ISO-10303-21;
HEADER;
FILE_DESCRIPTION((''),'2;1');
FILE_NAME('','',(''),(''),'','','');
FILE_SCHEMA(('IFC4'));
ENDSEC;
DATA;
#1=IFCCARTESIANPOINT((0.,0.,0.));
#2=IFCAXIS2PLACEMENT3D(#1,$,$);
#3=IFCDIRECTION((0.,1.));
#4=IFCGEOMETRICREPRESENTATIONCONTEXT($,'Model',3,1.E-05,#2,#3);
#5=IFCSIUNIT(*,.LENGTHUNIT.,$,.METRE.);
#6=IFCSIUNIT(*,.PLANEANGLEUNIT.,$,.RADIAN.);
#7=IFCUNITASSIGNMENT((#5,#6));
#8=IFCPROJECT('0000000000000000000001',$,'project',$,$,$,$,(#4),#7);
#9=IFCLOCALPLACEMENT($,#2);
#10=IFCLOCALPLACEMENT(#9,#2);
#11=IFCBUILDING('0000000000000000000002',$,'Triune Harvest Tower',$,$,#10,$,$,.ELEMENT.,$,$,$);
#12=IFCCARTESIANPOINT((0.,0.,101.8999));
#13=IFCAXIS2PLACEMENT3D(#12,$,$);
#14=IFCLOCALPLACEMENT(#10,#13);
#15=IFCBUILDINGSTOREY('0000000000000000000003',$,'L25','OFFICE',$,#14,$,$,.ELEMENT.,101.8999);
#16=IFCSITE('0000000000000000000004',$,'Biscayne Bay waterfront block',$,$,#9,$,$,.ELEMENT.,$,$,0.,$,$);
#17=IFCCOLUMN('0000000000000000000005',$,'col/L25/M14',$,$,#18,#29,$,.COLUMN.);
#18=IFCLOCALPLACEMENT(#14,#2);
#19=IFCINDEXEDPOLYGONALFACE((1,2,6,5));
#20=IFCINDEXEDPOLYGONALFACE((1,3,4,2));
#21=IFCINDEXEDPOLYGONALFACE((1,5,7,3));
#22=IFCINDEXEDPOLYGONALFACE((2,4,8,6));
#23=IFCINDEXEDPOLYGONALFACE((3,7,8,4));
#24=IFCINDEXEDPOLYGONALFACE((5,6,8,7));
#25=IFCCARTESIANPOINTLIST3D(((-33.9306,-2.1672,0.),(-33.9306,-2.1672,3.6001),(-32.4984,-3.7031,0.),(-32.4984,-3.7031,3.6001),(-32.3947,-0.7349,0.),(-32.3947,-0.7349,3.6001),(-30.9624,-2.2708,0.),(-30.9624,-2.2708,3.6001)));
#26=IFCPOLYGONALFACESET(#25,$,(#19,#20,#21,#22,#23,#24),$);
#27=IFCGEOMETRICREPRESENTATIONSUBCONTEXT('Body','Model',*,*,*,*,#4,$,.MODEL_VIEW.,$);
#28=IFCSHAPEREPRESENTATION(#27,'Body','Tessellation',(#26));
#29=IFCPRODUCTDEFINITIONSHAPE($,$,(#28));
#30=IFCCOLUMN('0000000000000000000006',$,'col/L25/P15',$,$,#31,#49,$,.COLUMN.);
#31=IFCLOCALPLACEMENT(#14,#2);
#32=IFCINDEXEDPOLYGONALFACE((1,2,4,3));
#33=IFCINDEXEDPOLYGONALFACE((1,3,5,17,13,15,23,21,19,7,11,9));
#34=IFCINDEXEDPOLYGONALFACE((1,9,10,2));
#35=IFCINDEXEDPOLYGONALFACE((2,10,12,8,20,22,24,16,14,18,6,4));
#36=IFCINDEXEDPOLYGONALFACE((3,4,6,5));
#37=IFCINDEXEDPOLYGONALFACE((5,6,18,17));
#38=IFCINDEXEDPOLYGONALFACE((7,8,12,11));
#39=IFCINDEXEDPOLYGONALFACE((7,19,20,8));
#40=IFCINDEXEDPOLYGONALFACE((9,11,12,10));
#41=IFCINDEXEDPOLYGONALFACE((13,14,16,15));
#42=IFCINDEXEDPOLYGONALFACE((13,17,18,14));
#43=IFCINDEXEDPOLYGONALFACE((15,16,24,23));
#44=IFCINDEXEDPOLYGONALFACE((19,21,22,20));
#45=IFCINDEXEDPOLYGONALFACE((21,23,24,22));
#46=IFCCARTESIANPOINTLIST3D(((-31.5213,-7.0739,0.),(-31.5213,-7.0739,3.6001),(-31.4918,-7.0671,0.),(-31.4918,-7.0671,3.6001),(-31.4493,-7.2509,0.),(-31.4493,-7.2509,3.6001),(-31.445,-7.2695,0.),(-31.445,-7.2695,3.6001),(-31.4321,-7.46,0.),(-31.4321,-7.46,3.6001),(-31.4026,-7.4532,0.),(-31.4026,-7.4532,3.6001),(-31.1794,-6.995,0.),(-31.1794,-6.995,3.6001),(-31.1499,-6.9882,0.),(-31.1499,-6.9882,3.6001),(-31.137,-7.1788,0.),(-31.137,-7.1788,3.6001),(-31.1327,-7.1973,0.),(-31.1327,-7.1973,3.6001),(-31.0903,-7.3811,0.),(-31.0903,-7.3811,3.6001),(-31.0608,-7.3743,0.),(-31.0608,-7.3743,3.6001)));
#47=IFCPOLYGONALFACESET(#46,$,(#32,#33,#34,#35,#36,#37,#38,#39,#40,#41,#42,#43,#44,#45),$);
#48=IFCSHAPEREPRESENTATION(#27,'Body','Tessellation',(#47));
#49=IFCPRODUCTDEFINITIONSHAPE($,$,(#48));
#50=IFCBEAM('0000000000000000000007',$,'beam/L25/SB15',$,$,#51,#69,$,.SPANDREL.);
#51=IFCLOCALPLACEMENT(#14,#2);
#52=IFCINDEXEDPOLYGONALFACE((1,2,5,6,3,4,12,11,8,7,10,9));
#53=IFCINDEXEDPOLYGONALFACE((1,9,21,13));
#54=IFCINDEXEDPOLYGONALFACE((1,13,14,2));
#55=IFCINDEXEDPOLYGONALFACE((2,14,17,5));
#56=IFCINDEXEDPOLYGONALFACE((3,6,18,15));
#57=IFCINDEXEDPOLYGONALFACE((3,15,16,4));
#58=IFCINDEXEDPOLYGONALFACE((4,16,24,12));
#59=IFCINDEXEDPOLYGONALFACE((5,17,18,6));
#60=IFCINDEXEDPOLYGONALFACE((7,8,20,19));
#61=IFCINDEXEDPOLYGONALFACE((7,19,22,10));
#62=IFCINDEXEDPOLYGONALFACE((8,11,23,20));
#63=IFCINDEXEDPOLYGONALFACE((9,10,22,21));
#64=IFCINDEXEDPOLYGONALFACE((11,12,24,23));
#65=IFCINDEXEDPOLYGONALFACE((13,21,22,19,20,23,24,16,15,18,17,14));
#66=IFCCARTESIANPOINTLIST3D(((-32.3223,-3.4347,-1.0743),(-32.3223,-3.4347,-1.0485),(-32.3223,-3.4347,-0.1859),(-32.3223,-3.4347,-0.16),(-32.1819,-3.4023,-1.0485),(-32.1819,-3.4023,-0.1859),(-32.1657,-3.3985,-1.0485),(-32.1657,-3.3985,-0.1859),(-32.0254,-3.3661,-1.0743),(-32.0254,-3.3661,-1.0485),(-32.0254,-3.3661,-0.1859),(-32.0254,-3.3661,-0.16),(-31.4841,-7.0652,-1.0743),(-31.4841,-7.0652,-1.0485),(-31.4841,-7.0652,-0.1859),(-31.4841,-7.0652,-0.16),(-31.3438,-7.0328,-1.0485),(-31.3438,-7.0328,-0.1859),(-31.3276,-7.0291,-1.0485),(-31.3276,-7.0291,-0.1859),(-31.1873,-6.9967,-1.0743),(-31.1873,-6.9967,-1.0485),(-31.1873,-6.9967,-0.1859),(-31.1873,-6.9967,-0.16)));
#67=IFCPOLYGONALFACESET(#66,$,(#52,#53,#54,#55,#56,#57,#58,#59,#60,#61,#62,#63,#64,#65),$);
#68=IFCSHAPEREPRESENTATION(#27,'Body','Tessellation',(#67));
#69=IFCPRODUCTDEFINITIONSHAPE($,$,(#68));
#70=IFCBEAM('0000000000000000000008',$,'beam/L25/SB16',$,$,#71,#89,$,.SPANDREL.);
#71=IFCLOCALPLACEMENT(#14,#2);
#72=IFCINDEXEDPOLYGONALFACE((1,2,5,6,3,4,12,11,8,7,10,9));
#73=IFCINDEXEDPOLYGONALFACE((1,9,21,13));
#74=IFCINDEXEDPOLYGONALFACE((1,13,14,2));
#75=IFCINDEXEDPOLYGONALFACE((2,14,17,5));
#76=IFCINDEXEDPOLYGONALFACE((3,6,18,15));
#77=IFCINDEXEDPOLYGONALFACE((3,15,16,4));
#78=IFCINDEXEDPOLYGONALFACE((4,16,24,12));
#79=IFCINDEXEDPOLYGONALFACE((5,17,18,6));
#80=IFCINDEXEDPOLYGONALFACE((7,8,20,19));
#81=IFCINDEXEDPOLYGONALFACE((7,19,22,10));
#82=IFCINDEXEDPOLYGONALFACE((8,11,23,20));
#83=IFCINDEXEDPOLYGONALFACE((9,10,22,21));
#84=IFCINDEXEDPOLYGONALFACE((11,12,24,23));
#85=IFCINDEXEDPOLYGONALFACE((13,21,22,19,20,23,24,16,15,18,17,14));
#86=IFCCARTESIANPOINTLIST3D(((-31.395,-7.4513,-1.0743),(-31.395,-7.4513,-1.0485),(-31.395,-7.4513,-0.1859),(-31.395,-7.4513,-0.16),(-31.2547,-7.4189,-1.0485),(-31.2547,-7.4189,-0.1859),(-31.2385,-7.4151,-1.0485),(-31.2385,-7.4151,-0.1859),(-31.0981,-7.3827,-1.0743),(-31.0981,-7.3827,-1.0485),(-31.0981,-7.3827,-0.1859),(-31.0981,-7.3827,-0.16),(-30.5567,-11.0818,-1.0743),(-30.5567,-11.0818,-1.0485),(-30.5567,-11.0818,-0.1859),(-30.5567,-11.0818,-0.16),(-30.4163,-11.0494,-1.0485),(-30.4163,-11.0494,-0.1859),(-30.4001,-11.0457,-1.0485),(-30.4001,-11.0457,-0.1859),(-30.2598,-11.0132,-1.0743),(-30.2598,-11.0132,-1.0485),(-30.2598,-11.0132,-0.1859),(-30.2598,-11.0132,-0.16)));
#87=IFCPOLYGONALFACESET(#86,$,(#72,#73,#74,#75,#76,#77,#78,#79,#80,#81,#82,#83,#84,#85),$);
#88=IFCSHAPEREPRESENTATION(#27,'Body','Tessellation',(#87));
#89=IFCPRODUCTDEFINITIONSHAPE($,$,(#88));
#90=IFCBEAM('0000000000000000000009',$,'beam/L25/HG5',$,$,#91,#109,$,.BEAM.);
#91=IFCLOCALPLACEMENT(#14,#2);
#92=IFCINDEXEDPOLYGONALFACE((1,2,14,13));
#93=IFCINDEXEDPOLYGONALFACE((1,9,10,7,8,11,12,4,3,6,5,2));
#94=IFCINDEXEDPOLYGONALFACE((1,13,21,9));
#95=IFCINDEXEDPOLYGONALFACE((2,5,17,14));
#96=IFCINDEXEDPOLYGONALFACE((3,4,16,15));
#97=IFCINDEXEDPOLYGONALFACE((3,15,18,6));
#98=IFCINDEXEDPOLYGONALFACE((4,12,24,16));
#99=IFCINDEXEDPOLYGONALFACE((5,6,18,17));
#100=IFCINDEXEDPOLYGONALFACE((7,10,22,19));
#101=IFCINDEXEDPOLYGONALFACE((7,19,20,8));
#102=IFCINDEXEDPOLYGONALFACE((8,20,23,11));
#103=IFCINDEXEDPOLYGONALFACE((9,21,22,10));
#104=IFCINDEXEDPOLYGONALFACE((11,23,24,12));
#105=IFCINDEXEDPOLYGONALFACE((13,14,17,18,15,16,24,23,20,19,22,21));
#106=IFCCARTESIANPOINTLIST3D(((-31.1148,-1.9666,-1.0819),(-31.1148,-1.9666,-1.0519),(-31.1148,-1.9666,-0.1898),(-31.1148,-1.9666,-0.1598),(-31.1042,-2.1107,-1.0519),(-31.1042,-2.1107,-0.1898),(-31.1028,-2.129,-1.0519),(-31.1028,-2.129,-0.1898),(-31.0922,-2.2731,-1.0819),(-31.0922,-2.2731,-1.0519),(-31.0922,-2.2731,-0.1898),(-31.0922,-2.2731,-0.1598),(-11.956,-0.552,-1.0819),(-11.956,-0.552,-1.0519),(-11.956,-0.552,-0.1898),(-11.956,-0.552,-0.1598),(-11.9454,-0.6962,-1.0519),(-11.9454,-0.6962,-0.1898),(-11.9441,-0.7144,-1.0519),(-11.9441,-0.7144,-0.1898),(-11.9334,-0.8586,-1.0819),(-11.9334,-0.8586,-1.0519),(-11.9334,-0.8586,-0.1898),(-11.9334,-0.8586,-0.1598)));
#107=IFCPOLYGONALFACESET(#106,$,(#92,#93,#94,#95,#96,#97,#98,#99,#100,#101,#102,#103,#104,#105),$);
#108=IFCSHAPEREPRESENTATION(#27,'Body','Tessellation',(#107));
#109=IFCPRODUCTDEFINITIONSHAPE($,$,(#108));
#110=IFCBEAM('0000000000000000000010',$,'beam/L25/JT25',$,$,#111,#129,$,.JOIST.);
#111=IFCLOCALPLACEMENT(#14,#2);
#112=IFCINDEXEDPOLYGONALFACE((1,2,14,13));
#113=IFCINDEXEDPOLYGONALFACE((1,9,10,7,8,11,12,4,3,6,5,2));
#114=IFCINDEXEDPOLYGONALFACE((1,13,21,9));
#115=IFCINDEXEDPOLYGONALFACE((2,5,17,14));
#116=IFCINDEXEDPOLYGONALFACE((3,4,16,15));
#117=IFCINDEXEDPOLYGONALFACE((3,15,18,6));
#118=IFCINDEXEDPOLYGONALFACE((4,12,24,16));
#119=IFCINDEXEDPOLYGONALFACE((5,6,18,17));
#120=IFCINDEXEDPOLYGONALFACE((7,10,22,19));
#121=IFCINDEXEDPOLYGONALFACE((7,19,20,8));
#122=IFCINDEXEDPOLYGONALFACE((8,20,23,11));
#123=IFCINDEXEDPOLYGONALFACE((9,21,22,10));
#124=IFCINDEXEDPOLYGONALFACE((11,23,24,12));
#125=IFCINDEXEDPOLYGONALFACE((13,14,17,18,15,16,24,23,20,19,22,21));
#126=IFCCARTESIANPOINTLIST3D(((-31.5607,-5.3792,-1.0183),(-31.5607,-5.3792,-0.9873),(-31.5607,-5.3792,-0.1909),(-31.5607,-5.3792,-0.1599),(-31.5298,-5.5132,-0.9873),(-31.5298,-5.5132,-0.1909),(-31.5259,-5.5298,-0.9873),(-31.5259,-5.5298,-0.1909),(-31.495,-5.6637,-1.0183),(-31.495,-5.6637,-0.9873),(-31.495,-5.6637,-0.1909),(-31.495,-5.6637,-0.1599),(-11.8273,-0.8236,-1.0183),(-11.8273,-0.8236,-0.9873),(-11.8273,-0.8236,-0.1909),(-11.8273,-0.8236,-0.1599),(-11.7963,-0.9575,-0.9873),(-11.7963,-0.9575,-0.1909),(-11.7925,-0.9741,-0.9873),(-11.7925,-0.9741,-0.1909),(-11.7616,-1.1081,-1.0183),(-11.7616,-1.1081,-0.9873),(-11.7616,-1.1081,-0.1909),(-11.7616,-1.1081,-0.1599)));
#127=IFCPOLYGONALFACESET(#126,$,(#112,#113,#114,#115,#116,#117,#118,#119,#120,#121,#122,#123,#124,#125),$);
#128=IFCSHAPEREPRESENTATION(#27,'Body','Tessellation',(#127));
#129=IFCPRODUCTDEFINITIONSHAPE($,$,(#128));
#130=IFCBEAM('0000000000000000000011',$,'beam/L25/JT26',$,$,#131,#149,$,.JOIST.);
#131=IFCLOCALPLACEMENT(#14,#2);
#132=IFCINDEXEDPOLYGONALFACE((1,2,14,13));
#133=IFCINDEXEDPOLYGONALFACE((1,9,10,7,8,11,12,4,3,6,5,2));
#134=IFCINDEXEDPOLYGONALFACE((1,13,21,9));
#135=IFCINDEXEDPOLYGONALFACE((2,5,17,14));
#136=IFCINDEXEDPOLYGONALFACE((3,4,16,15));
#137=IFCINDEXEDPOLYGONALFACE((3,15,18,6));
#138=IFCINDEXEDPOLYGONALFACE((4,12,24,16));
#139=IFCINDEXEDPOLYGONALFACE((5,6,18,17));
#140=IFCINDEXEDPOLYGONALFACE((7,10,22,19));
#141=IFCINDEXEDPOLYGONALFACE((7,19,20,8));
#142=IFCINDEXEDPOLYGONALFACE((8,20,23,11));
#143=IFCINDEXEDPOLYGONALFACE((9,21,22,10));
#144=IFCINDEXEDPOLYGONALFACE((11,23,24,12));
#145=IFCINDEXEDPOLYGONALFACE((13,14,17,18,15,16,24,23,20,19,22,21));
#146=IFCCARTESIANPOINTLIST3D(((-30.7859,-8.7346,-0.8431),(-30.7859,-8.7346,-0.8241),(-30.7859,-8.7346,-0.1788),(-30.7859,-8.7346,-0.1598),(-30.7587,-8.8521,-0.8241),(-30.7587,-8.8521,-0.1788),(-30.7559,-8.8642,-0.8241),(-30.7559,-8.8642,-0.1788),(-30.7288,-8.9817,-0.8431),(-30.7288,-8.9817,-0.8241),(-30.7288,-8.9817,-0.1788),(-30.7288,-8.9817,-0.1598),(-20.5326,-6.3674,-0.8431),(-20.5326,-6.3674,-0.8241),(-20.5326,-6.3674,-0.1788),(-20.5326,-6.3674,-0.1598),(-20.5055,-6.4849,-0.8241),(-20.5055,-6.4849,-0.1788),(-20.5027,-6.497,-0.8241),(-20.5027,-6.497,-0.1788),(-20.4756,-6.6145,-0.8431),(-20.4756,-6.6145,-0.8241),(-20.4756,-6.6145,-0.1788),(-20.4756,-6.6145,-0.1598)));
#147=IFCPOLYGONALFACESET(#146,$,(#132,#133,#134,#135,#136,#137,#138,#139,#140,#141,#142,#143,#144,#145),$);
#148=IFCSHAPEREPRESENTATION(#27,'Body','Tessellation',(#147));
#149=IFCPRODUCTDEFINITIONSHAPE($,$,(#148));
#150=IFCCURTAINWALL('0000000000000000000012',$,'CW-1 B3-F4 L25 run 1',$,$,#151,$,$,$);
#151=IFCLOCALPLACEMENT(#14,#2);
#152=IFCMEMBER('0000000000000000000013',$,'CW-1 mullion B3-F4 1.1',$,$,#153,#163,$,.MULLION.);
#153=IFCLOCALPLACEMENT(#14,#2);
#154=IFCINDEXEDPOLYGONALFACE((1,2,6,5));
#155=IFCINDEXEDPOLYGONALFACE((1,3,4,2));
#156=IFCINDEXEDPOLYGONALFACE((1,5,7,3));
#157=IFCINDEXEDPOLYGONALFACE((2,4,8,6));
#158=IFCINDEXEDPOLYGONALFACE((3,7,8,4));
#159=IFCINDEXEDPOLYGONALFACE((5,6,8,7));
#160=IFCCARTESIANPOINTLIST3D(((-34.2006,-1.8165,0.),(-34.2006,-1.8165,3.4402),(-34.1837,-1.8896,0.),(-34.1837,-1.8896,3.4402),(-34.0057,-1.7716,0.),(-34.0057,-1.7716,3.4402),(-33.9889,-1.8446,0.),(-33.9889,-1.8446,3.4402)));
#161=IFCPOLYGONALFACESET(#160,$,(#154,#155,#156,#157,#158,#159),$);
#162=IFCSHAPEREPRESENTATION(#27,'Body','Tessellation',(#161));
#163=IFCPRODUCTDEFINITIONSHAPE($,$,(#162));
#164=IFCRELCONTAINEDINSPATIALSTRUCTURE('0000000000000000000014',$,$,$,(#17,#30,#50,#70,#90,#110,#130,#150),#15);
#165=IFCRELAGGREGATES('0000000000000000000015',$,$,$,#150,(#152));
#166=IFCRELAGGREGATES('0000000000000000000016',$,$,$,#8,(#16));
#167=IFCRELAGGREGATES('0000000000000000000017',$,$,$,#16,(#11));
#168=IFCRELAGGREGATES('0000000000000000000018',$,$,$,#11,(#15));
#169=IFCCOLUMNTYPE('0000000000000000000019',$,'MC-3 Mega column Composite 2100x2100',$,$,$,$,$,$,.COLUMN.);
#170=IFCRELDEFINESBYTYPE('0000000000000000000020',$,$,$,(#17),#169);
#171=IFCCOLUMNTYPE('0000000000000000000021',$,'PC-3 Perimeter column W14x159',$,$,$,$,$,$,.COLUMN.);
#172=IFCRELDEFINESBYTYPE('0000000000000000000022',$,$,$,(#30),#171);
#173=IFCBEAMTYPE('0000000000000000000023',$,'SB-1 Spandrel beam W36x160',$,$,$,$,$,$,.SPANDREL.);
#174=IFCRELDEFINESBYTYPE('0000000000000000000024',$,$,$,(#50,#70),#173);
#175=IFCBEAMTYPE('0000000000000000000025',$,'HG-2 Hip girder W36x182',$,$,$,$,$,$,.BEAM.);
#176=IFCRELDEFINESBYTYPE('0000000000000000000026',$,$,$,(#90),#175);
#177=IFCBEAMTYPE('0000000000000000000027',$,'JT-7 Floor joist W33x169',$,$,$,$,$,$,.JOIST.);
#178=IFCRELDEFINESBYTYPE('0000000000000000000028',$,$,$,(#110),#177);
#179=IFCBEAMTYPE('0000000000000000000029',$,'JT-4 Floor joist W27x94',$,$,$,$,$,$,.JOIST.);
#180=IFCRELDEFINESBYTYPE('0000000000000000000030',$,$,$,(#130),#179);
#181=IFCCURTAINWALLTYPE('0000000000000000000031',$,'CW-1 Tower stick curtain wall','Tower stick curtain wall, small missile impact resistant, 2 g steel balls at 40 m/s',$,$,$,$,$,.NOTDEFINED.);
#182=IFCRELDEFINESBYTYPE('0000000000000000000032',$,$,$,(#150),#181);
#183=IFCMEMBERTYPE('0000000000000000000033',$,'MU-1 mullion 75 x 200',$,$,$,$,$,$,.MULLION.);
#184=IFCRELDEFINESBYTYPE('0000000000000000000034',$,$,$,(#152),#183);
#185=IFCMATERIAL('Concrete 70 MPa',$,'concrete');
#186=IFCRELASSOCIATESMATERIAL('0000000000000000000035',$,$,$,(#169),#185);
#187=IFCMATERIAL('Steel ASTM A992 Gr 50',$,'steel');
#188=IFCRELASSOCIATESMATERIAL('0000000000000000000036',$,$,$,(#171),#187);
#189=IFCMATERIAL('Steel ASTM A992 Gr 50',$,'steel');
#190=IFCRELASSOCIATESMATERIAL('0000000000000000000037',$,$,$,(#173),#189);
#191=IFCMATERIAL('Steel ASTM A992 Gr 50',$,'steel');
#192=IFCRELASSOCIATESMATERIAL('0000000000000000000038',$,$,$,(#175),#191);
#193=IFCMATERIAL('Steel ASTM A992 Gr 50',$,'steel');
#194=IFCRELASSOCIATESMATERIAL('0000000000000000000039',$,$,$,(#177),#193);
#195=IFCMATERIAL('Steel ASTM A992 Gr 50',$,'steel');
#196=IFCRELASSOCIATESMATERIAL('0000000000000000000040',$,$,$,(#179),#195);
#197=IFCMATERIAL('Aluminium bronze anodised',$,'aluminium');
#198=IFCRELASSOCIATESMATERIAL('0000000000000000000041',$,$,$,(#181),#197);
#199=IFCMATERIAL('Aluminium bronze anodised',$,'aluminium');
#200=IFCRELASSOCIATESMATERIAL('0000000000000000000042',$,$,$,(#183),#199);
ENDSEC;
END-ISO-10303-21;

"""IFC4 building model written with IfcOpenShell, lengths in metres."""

from ifc_helpers import new_model, si_unit, direction, frame, origin, origin_2d, place, context, subcontext, project, spatial, rectangle, i_section, extrude, source, transform, mapped, material, material_profile, profile_set, type_object, element, aggregate, save


model = new_model("IFC4")

# Units and contexts
model_context = context("Model", 3, precision=1e-05, world=origin(), true_north=direction((0.0, 1.0)))
body_context = subcontext(model_context, "Body", "Model", "MODEL_VIEW")
ifc_project = project(units=[si_unit("LENGTHUNIT", "METRE"), si_unit("PLANEANGLEUNIT", "RADIAN")], contexts=[model_context])

# Site, building, storey
site_placement = place(None, origin())
site = spatial("IfcSite", under=ifc_project, at=site_placement, Name="Biscayne Bay waterfront block", CompositionType="ELEMENT", RefElevation=0.0)
building_placement = place(site_placement, origin())
building = spatial("IfcBuilding", under=site, at=building_placement, Name="Triune Harvest Tower", CompositionType="ELEMENT")
storey_placement = place(building_placement, frame((0.0, 0.0, 101.8999)))
storey = spatial("IfcBuildingStorey", under=building, at=storey_placement, Name="L25", Description="OFFICE", CompositionType="ELEMENT", Elevation=101.8999)

# Columns
ifc_material_1 = material(Name="Concrete 70 MPa", Category="concrete")
ifc_material_profile_1 = material_profile(ifc_material_1, rectangle(XDim=2.1001, YDim=2.1001, at=origin_2d()), Name="Composite 2100x2100")
ifc_profile_set_1 = profile_set([ifc_material_profile_1], Name="Concrete 70 MPa")
column_type_1 = type_object("IfcColumnType", Name="MC-3 Mega column Composite 2100x2100", PredefinedType="COLUMN", material=ifc_profile_set_1)
shared_shape_1 = source(origin(), body_context, "Body", "SweptSolid", [
    extrude(rectangle(XDim=2.1001, YDim=2.1001, at=origin_2d()), origin(), (0.0, 0.0, 1.0), 3.6001),
])
column_1_placement = place(storey_placement, frame((-32.4465, -2.219, 0.0), z_axis=(0.0, 0.0, 1.0), x_axis=(-0.731355, -0.681997, 0.0)))
element("IfcColumn", 1, at=column_1_placement, inside=storey, type_object=column_type_1, Name="col/L25/M14", PredefinedType="COLUMN", context=body_context, shape_type="MappedRepresentation", body=[
    mapped(shared_shape_1, transform((0.0, 0.0, 0.0), scale=1.0)),
])
ifc_material_2 = material(Name="Steel ASTM A992 Gr 50", Category="steel")
ifc_material_profile_2 = material_profile(ifc_material_2, i_section(OverallWidth=0.3962, OverallDepth=0.3811, WebThickness=0.019, FlangeThickness=0.0303, at=origin_2d()), Name="W14x159")
ifc_profile_set_2 = profile_set([ifc_material_profile_2], Name="Steel ASTM A992 Gr 50")
column_type_2 = type_object("IfcColumnType", Name="PC-3 Perimeter column W14x159", PredefinedType="COLUMN", material=ifc_profile_set_2)
shared_shape_2 = source(origin(), body_context, "Body", "SweptSolid", [
    extrude(i_section(OverallWidth=0.3962, OverallDepth=0.3811, WebThickness=0.019, FlangeThickness=0.0303, at=origin_2d()), origin(), (0.0, 0.0, 1.0), 3.6001),
])
column_2_placement = place(storey_placement, frame((-31.291, -7.2241, 0.0), z_axis=(0.0, 0.0, 1.0), x_axis=(0.224951, -0.97437, 0.0)))
element("IfcColumn", 2, at=column_2_placement, inside=storey, type_object=column_type_2, Name="col/L25/P15", PredefinedType="COLUMN", context=body_context, shape_type="MappedRepresentation", body=[
    mapped(shared_shape_2, transform((0.0, 0.0, 0.0), scale=1.0)),
])

# Beams
ifc_material_3 = material(Name="Steel ASTM A992 Gr 50", Category="steel")
ifc_material_profile_3 = material_profile(ifc_material_3, i_section(OverallWidth=0.3047, OverallDepth=0.9143, WebThickness=0.0166, FlangeThickness=0.0259, at=origin_2d()), Name="W36x160")
ifc_profile_set_3 = profile_set([ifc_material_profile_3], Name="Steel ASTM A992 Gr 50")
beam_type_1 = type_object("IfcBeamType", Name="SB-1 Spandrel beam W36x160", PredefinedType="SPANDREL", material=ifc_profile_set_3)
shared_shape_3 = source(origin(), body_context, "Body", "SweptSolid", [
    extrude(i_section(OverallWidth=0.3047, OverallDepth=0.9143, WebThickness=0.0166, FlangeThickness=0.0259, at=origin_2d()), origin(), (0.0, 0.0, 1.0), 3.7261),
])
for number, where, z_axis, x_axis, name in (
    (3, (-32.1738, -3.4004, -0.6172), (0.224936, -0.974374, 0.0), (0.974374, 0.224936, 0.0), "beam/L25/SB15"),
    (4, (-31.2466, -7.417, -0.6172), (0.224998, -0.974359, 0.0), (0.974359, 0.224998, 0.0), "beam/L25/SB16"),
):
    element("IfcBeam", number, at=place(storey_placement, frame(where, z_axis=z_axis, x_axis=x_axis)), inside=storey, type_object=beam_type_1, Name=name, PredefinedType="SPANDREL", context=body_context, shape_type="MappedRepresentation", body=[
        mapped(shared_shape_3, transform((0.0, 0.0, 0.0), scale=1.0)),
    ])
ifc_material_4 = material(Name="Steel ASTM A992 Gr 50", Category="steel")
ifc_material_profile_4 = material_profile(ifc_material_4, i_section(OverallWidth=0.3074, OverallDepth=0.9221, WebThickness=0.0183, FlangeThickness=0.03, at=origin_2d()), Name="W36x182")
ifc_profile_set_4 = profile_set([ifc_material_profile_4], Name="Steel ASTM A992 Gr 50")
beam_type_2 = type_object("IfcBeamType", Name="HG-2 Hip girder W36x182", PredefinedType="BEAM", material=ifc_profile_set_4)
shared_shape_4 = source(origin(), body_context, "Body", "SweptSolid", [
    extrude(i_section(OverallWidth=0.3074, OverallDepth=0.9221, WebThickness=0.0183, FlangeThickness=0.03, at=origin_2d()), origin(), (0.0, 0.0, 1.0), 19.2109),
])
beam_1_placement = place(storey_placement, frame((-31.1035, -2.1199, -0.6208), z_axis=(0.997285, 0.073633, 0.0), x_axis=(-0.073633, 0.997285, 0.0)))
element("IfcBeam", 5, at=beam_1_placement, inside=storey, type_object=beam_type_2, Name="beam/L25/HG5", PredefinedType="BEAM", context=body_context, shape_type="MappedRepresentation", body=[
    mapped(shared_shape_4, transform((0.0, 0.0, 0.0), scale=1.0)),
])
ifc_material_5 = material(Name="Steel ASTM A992 Gr 50", Category="steel")
ifc_material_profile_5 = material_profile(ifc_material_5, i_section(OverallWidth=0.292, OverallDepth=0.8584, WebThickness=0.0171, FlangeThickness=0.031, at=origin_2d()), Name="W33x169")
ifc_profile_set_5 = profile_set([ifc_material_profile_5], Name="Steel ASTM A992 Gr 50")
beam_type_3 = type_object("IfcBeamType", Name="JT-7 Floor joist W33x169", PredefinedType="JOIST", material=ifc_profile_set_5)
shared_shape_5 = source(origin(), body_context, "Body", "SweptSolid", [
    extrude(i_section(OverallWidth=0.292, OverallDepth=0.8584, WebThickness=0.0171, FlangeThickness=0.031, at=origin_2d()), origin(), (0.0, 0.0, 1.0), 20.2524),
])
beam_2_placement = place(storey_placement, frame((-31.5278, -5.5215, -0.5891), z_axis=(0.974372, 0.224944, 0.0), x_axis=(-0.224944, 0.974372, 0.0)))
element("IfcBeam", 6, at=beam_2_placement, inside=storey, type_object=beam_type_3, Name="beam/L25/JT25", PredefinedType="JOIST", context=body_context, shape_type="MappedRepresentation", body=[
    mapped(shared_shape_5, transform((0.0, 0.0, 0.0), scale=1.0)),
])
ifc_material_6 = material(Name="Steel ASTM A992 Gr 50", Category="steel")
ifc_material_profile_6 = material_profile(ifc_material_6, i_section(OverallWidth=0.2537, OverallDepth=0.6833, WebThickness=0.0125, FlangeThickness=0.019, at=origin_2d()), Name="W27x94")
ifc_profile_set_6 = profile_set([ifc_material_profile_6], Name="Steel ASTM A992 Gr 50")
beam_type_4 = type_object("IfcBeamType", Name="JT-4 Floor joist W27x94", PredefinedType="JOIST", material=ifc_profile_set_6)
shared_shape_6 = source(origin(), body_context, "Body", "SweptSolid", [
    extrude(i_section(OverallWidth=0.2537, OverallDepth=0.6833, WebThickness=0.0125, FlangeThickness=0.019, at=origin_2d()), origin(), (0.0, 0.0, 1.0), 10.5229),
])
beam_3_placement = place(storey_placement, frame((-30.7573, -8.8582, -0.5015), z_axis=(0.974369, 0.224956, 0.0), x_axis=(-0.224956, 0.974369, 0.0)))
element("IfcBeam", 7, at=beam_3_placement, inside=storey, type_object=beam_type_4, Name="beam/L25/JT26", PredefinedType="JOIST", context=body_context, shape_type="MappedRepresentation", body=[
    mapped(shared_shape_6, transform((0.0, 0.0, 0.0), scale=1.0)),
])

# Curtain wall, member
ifc_material_7 = material(Name="Aluminium bronze anodised", Category="aluminium")
curtain_wall_type_1 = type_object("IfcCurtainWallType", Name="CW-1 Tower stick curtain wall", Description="Tower stick curtain wall, small missile impact resistant, 2 g steel balls at 40 m/s", PredefinedType="NOTDEFINED", material=ifc_material_7)
curtain_wall_1_placement = place(storey_placement, origin())
curtain_wall_1 = element("IfcCurtainWall", 8, at=curtain_wall_1_placement, inside=storey, type_object=curtain_wall_type_1, Name="CW-1 B3-F4 L25 run 1")
ifc_material_8 = material(Name="Aluminium bronze anodised", Category="aluminium")
ifc_material_profile_7 = material_profile(ifc_material_8, rectangle(XDim=0.2, YDim=0.075, at=origin_2d()), Name="MU-1 mullion 75 x 200")
ifc_profile_set_7 = profile_set([ifc_material_profile_7], Name="Aluminium bronze anodised")
member_type_1 = type_object("IfcMemberType", Name="MU-1 mullion 75 x 200", PredefinedType="MULLION", material=ifc_profile_set_7)
shared_shape_7 = source(origin(), body_context, "Body", "SweptSolid", [
    extrude(rectangle(XDim=0.2, YDim=0.075, at=origin_2d()), origin(), (0.0, 0.0, 1.0), 3.4402),
])
member_1_placement = place(storey_placement, frame((-34.0947, -1.8306, 0.0), z_axis=(0.0, 0.0, 1.0), x_axis=(0.974371, 0.224947, 0.0)))
member_1 = element("IfcMember", 9, at=member_1_placement, type_object=member_type_1, Name="CW-1 mullion B3-F4 1.1", PredefinedType="MULLION", context=body_context, shape_type="MappedRepresentation", body=[
    mapped(shared_shape_7, transform((0.0, 0.0, 0.0), scale=1.0)),
])

aggregate(curtain_wall_1, [member_1])

save(model, "model.ifc")
